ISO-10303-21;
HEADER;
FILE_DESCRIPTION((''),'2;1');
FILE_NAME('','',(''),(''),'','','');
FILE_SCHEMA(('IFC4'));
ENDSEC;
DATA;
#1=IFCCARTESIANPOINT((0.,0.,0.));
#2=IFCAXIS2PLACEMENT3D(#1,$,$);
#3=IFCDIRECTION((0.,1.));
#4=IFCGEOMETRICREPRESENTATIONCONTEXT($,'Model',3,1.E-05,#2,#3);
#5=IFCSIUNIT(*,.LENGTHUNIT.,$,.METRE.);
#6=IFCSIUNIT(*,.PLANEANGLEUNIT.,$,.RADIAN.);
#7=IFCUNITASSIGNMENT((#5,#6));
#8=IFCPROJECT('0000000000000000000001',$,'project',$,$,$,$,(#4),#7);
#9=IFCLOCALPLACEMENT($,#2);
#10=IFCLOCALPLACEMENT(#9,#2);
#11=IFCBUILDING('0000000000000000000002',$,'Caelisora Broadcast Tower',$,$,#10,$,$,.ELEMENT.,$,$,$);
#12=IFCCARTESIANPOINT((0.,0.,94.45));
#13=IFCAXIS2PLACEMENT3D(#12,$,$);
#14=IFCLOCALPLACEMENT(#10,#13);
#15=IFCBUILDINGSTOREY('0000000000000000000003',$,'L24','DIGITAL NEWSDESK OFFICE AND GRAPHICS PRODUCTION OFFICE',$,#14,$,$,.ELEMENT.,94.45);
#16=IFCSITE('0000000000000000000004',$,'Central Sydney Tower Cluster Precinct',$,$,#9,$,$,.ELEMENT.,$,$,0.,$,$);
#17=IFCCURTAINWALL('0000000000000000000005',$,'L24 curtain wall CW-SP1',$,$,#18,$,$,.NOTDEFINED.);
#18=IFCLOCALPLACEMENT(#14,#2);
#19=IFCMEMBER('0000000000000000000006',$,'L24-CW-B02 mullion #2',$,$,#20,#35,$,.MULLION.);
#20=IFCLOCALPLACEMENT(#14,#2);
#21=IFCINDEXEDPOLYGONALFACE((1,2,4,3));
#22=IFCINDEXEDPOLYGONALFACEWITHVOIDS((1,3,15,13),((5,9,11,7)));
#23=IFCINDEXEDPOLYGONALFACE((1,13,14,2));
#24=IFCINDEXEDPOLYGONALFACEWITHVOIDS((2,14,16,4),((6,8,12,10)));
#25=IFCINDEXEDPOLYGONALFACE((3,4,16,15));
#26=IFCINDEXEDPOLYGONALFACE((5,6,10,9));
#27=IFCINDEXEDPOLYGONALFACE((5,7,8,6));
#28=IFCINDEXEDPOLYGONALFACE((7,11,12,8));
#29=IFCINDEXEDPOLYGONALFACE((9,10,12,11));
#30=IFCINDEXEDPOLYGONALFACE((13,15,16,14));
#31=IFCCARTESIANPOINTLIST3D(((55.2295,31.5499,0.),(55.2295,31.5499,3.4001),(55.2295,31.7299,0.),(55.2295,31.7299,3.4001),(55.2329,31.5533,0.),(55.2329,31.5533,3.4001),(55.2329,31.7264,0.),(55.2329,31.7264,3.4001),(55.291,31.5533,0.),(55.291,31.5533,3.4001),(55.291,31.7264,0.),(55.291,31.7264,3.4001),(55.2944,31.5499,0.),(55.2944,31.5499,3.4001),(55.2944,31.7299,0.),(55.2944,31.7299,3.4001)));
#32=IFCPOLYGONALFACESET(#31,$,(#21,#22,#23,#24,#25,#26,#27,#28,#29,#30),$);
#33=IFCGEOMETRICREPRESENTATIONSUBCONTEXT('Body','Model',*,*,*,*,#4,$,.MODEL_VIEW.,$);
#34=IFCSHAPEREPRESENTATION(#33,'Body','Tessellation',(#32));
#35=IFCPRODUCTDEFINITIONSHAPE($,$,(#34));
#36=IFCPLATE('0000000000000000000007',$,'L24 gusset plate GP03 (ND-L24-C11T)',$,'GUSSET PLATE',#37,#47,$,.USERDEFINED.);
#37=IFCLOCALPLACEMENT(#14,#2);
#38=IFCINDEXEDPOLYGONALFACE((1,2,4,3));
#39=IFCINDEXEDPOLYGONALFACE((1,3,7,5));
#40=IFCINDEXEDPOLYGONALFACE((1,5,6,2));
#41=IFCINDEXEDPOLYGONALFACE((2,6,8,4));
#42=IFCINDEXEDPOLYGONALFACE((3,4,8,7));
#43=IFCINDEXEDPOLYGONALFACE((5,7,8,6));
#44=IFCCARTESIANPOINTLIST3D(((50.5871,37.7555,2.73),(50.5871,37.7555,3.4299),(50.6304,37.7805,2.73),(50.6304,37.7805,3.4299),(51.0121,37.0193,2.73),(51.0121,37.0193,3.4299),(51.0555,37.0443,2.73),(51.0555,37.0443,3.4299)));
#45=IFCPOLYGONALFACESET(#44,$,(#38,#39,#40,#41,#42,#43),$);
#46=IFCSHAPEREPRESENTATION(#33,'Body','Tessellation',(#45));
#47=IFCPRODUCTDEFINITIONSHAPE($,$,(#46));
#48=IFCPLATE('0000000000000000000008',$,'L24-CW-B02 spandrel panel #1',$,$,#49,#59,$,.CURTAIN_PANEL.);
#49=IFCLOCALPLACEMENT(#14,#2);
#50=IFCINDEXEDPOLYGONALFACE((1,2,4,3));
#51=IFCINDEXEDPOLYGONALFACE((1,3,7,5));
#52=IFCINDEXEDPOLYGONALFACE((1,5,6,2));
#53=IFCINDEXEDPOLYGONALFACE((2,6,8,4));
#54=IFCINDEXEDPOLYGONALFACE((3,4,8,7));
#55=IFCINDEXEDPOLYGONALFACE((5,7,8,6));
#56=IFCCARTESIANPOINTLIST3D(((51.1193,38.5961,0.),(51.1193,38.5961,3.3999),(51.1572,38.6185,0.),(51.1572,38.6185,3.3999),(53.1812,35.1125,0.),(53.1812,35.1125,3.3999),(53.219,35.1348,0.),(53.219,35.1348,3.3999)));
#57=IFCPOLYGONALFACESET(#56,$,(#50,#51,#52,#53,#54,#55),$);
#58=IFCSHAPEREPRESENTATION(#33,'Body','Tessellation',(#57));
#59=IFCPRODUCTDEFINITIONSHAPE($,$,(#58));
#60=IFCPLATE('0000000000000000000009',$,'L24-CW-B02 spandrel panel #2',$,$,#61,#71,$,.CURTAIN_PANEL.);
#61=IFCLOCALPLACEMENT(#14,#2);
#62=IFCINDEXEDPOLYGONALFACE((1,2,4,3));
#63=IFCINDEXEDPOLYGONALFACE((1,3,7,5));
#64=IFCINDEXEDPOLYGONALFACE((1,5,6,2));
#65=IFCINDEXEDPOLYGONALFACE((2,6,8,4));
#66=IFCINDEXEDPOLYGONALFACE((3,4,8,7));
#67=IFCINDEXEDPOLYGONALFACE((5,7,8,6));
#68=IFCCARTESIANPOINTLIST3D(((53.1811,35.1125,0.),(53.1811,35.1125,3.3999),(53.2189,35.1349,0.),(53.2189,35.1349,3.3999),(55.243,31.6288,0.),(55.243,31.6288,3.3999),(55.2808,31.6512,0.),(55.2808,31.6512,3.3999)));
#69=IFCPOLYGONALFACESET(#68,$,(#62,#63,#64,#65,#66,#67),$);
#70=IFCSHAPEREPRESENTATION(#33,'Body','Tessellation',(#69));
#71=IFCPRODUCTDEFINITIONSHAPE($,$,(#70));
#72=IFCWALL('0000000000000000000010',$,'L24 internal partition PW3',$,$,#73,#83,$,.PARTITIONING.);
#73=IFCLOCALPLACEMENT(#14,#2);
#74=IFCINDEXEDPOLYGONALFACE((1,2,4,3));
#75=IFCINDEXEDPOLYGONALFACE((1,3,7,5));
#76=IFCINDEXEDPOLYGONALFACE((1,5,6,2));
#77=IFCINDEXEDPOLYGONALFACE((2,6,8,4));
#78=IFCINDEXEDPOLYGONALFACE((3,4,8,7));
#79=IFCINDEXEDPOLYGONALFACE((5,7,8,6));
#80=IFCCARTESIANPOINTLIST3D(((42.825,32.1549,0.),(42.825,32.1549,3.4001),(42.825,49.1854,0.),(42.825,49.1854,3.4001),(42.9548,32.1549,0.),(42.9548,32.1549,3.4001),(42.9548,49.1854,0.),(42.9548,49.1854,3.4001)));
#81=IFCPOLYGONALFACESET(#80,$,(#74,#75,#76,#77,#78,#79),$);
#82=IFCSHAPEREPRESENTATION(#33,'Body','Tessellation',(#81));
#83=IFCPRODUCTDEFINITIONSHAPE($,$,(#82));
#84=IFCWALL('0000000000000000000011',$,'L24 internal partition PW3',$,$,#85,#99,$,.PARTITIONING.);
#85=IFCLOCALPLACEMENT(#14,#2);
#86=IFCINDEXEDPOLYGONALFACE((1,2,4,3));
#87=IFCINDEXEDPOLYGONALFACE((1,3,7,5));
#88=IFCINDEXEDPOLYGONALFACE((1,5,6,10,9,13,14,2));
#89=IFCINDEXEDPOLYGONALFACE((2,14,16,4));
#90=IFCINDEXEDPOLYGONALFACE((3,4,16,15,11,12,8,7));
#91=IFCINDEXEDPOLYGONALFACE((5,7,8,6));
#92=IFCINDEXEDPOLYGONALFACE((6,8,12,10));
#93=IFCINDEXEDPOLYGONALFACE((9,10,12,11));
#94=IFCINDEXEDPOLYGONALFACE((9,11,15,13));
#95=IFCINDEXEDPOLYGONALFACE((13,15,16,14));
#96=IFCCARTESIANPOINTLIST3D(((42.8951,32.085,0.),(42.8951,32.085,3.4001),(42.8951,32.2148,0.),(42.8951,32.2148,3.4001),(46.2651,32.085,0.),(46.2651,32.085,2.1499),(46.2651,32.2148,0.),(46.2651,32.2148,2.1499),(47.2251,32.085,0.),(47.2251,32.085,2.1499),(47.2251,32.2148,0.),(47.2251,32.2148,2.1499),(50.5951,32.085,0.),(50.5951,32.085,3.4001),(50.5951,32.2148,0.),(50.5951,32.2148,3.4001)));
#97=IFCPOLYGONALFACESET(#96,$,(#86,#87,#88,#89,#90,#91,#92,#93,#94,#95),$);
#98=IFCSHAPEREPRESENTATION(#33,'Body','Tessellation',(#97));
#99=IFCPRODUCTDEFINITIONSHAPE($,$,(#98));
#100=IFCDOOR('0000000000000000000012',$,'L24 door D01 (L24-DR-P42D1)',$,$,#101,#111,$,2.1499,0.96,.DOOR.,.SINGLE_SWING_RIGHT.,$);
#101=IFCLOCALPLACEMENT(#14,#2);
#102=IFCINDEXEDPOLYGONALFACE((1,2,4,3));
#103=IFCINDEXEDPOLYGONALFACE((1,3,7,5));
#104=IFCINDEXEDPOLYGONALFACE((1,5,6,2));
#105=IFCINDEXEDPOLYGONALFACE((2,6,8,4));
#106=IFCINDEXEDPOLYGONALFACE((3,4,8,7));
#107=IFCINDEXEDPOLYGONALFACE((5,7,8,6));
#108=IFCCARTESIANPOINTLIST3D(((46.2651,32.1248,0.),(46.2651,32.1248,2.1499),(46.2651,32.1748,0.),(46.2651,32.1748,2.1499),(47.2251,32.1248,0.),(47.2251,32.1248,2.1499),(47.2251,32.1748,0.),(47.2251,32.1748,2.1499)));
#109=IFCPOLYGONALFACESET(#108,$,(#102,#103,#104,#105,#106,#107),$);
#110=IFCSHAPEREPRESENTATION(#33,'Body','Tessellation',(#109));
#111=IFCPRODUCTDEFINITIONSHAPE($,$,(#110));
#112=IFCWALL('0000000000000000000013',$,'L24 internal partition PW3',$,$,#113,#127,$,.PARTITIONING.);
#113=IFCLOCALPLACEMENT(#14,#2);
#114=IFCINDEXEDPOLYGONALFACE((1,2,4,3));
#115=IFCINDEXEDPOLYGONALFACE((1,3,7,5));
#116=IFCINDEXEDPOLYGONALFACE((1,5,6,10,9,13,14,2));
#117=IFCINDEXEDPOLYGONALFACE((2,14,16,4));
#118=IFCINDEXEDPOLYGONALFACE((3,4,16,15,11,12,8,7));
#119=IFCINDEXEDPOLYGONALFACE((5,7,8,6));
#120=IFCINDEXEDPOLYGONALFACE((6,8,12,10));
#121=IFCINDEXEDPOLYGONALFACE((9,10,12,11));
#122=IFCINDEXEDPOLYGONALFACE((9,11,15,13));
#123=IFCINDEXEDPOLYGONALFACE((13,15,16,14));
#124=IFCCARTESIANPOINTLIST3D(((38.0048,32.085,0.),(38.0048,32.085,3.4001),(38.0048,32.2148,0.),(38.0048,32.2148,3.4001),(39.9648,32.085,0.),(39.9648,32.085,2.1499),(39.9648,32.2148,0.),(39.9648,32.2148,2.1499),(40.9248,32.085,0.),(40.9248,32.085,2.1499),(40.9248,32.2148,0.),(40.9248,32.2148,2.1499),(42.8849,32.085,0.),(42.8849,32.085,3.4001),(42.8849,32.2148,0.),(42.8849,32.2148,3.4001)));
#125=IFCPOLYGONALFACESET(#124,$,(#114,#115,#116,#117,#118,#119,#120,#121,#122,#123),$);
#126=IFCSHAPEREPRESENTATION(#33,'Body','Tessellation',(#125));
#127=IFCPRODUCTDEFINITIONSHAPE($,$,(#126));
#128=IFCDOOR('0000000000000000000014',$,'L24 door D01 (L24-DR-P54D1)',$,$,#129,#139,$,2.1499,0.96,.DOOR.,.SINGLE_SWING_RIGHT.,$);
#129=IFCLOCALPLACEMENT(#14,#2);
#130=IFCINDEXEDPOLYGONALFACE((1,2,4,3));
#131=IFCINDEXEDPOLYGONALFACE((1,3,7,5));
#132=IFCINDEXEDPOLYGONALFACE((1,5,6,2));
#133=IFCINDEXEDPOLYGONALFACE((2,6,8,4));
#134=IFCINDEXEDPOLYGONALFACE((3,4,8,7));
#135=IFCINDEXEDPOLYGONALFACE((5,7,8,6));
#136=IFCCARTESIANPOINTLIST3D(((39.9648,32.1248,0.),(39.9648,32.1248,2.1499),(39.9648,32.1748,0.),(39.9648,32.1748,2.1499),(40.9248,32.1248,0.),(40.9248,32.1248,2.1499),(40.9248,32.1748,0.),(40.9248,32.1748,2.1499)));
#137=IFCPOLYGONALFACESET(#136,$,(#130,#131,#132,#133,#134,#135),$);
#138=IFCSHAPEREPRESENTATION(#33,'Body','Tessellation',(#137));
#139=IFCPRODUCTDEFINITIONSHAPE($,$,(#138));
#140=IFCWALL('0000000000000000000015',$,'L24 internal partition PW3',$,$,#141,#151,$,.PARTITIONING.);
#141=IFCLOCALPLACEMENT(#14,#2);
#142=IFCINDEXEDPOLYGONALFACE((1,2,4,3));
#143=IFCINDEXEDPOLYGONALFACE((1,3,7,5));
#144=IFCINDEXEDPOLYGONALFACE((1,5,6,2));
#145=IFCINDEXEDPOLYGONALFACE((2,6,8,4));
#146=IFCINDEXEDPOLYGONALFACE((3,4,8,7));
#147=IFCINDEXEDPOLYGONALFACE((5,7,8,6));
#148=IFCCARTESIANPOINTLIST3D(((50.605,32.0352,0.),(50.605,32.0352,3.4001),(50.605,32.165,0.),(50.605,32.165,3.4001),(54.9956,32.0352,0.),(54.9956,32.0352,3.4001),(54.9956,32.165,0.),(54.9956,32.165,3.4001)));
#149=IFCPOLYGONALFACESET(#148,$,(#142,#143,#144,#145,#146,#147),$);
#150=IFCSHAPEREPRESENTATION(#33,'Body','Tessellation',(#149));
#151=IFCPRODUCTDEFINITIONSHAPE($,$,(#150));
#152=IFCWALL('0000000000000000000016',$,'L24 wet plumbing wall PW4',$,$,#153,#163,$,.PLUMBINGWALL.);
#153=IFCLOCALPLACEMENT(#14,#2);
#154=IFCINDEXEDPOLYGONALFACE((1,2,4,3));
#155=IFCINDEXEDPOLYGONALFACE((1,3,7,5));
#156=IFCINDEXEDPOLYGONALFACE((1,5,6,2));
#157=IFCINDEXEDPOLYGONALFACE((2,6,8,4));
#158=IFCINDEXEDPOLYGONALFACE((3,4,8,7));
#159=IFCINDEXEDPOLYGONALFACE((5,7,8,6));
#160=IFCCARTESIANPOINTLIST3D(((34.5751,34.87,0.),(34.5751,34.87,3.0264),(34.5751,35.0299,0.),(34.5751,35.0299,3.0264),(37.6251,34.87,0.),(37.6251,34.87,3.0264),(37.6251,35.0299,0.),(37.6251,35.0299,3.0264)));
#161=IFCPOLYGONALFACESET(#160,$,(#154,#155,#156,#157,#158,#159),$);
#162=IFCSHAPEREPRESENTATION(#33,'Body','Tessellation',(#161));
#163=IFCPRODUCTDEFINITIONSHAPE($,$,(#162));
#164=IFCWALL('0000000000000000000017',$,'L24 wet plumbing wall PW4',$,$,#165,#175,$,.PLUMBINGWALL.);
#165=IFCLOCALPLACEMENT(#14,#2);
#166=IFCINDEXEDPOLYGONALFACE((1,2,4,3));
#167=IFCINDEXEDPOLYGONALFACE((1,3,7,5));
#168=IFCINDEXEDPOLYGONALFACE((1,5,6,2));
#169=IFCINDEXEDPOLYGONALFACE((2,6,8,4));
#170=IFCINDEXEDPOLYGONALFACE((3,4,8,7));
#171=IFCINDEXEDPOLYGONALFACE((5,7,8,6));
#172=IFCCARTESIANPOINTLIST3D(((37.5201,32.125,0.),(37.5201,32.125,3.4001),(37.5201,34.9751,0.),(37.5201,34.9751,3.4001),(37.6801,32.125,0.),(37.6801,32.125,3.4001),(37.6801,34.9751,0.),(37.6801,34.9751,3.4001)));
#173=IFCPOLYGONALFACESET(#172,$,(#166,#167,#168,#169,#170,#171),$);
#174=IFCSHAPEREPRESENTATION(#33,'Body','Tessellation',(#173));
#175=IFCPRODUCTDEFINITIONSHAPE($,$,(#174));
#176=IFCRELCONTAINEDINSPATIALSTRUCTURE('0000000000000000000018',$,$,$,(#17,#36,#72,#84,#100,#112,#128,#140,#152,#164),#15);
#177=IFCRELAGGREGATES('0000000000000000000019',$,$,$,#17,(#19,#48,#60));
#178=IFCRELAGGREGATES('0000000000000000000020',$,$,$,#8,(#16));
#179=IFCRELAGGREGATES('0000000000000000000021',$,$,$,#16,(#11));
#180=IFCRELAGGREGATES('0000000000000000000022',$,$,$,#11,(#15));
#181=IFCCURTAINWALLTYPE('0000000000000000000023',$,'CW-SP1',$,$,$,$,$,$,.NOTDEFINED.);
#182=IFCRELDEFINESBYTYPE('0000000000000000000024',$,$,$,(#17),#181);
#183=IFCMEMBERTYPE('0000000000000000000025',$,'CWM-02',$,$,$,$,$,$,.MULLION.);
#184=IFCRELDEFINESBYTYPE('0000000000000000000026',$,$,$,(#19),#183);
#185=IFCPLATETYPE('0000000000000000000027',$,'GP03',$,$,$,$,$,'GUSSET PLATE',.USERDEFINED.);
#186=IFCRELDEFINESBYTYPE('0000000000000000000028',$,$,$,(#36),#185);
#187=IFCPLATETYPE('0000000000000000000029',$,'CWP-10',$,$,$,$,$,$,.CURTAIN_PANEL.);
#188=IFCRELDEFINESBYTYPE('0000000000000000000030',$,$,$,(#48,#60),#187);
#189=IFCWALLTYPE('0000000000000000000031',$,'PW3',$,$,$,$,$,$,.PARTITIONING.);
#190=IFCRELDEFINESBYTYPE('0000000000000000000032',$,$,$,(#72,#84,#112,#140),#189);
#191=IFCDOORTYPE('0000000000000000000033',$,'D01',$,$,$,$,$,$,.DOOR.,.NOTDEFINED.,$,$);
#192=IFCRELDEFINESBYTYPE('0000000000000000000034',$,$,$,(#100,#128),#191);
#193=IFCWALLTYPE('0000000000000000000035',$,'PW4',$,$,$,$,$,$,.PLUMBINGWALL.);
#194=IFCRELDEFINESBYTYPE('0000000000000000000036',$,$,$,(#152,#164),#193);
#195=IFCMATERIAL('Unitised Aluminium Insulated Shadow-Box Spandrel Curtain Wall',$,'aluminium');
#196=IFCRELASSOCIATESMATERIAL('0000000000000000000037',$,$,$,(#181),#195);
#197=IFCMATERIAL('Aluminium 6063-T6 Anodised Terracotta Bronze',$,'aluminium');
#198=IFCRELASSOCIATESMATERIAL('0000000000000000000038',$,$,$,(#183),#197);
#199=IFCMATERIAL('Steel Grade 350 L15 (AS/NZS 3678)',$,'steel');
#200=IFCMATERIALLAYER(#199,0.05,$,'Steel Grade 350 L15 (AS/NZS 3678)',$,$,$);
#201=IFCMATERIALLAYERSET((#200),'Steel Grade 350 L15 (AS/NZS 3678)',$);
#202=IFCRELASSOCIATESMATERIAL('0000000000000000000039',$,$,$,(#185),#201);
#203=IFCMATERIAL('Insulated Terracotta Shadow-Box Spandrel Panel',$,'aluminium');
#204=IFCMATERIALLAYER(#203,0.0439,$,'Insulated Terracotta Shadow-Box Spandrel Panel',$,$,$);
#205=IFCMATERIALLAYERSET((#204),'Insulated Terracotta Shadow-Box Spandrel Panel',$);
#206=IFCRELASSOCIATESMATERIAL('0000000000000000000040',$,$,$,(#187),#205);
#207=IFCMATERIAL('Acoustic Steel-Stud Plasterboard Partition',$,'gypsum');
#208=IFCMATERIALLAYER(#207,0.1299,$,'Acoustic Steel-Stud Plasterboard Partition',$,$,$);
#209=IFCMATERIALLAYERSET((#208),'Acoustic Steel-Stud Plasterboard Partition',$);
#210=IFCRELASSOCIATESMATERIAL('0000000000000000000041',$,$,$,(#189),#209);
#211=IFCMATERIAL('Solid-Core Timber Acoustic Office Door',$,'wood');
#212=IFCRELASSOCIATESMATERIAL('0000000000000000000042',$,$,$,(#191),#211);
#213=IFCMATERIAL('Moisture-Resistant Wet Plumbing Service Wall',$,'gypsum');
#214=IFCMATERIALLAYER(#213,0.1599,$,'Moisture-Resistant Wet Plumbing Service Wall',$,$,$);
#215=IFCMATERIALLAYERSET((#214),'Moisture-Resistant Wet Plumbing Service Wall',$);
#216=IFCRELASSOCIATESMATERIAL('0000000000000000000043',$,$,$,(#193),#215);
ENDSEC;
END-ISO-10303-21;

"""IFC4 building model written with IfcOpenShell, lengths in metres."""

from ifc_helpers import new_model, si_unit, direction, frame, frame_2d, origin, origin_2d, place, context, subcontext, project, spatial, rectangle, hollow_rectangle, extrude, source, transform, mapped, material, layer, layer_set, material_profile, profile_set, type_object, type_shapes, element, fill, aggregate, save


model = new_model("IFC4")

# Units and contexts
model_context = context("Model", 3, precision=1e-05, world=origin(), true_north=direction((0.0, 1.0)))
body_context = subcontext(model_context, "Body", "Model", "MODEL_VIEW")
ifc_project = project(units=[si_unit("LENGTHUNIT", "METRE"), si_unit("PLANEANGLEUNIT", "RADIAN")], contexts=[model_context])

# Site, building, storey
site_placement = place(None, origin())
site = spatial("IfcSite", under=ifc_project, at=site_placement, Name="Central Sydney Tower Cluster Precinct", CompositionType="ELEMENT", RefElevation=0.0)
building_placement = place(site_placement, origin())
building = spatial("IfcBuilding", under=site, at=building_placement, Name="Caelisora Broadcast Tower", CompositionType="ELEMENT")
storey_placement = place(building_placement, frame((0.0, 0.0, 94.45)))
storey = spatial("IfcBuildingStorey", under=building, at=storey_placement, Name="L24", Description="DIGITAL NEWSDESK OFFICE AND GRAPHICS PRODUCTION OFFICE", CompositionType="ELEMENT", Elevation=94.45)

# Shared definitions
ifc_material_1 = material(Name="Steel Grade 350 L15 (AS/NZS 3678)", Category="steel")

# Curtain wall, member
ifc_material_2 = material(Name="Unitised Aluminium Insulated Shadow-Box Spandrel Curtain Wall", Category="aluminium")
curtain_wall_type = type_object("IfcCurtainWallType", Name="CW-SP1", PredefinedType="NOTDEFINED", material=ifc_material_2)
curtain_wall_placement = place(storey_placement, origin())
curtain_wall = element("IfcCurtainWall", 1, at=curtain_wall_placement, inside=storey, type_object=curtain_wall_type, Name="L24 curtain wall CW-SP1", PredefinedType="NOTDEFINED")
ifc_material_3 = material(Name="Aluminium 6063-T6 Anodised Terracotta Bronze", Category="aluminium")
ifc_material_profile_1 = material_profile(ifc_material_3, hollow_rectangle(XDim=0.0649, YDim=0.1799, WallThickness=0.0034, at=origin_2d()), Name="Aluminium 6063-T6 Anodised Terracotta Bronze")
ifc_profile_set_1 = profile_set([ifc_material_profile_1], Name="Aluminium 6063-T6 Anodised Terracotta Bronze")
member_type = type_object("IfcMemberType", Name="CWM-02", PredefinedType="MULLION", material=ifc_profile_set_1)
shared_shape_1 = source(origin(), body_context, "Body", "SweptSolid", [
    extrude(hollow_rectangle(XDim=0.0649, YDim=0.1799, WallThickness=0.0034, at=origin_2d()), origin(), (0.0, 0.0, 1.0), 3.4001),
])
type_shapes(member_type, [shared_shape_1])
member_1_placement = place(storey_placement, frame((55.262, 31.6399, 0.0), z_axis=(0.0, 0.0, 1.0), x_axis=(1.0, 0.0, 0.0)))
member_1 = element("IfcMember", 2, at=member_1_placement, type_object=member_type, Name="L24-CW-B02 mullion #2", PredefinedType="MULLION", context=body_context, shape_type="MappedRepresentation", body=[
    mapped(shared_shape_1, transform((0.0, 0.0, 0.0), scale=1.0)),
])

# Plates
ifc_layer_1 = layer(ifc_material_1, 0.05, Name="Steel Grade 350 L15 (AS/NZS 3678)")
ifc_layer_set_1 = layer_set([ifc_layer_1], Name="Steel Grade 350 L15 (AS/NZS 3678)")
plate_type_1 = type_object("IfcPlateType", Name="GP03", ElementType="GUSSET PLATE", PredefinedType="USERDEFINED", material=ifc_layer_set_1)
shared_shape_2 = source(origin(), body_context, "Body", "SweptSolid", [
    extrude(rectangle(XDim=0.8501, YDim=0.05, at=origin_2d()), origin(), (0.0, 0.0, 1.0), 0.7),
])
type_shapes(plate_type_1, [shared_shape_2])
plate_1_placement = place(storey_placement, frame((50.8213, 37.3999, 2.73), z_axis=(0.0, 0.0, 1.0), x_axis=(-0.5, 0.866025, 0.0)))
element("IfcPlate", 3, at=plate_1_placement, inside=storey, type_object=plate_type_1, Name="L24 gusset plate GP03 (ND-L24-C11T)", ObjectType="GUSSET PLATE", PredefinedType="USERDEFINED", context=body_context, shape_type="MappedRepresentation", body=[
    mapped(shared_shape_2, transform((0.0, 0.0, 0.0), scale=1.0)),
])
ifc_material_4 = material(Name="Insulated Terracotta Shadow-Box Spandrel Panel", Category="aluminium")
ifc_layer_2 = layer(ifc_material_4, 0.0439, Name="Insulated Terracotta Shadow-Box Spandrel Panel")
ifc_layer_set_2 = layer_set([ifc_layer_2], Name="Insulated Terracotta Shadow-Box Spandrel Panel")
plate_type_2 = type_object("IfcPlateType", Name="CWP-10", PredefinedType="CURTAIN_PANEL", material=ifc_layer_set_2)
shared_shape_3 = source(origin(), body_context, "Body", "SweptSolid", [
    extrude(rectangle(XDim=4.0481, YDim=0.0439, at=origin_2d()), origin(), (0.0, 0.0, 1.0), 3.3999),
])
type_shapes(plate_type_2, [shared_shape_3])
plate_2_placement = place(storey_placement, frame((52.1692, 36.8655, 0.0), z_axis=(0.0, 0.0, 1.0), x_axis=(0.509342, -0.860564, 0.0)))
plate_2 = element("IfcPlate", 4, at=plate_2_placement, type_object=plate_type_2, Name="L24-CW-B02 spandrel panel #1", PredefinedType="CURTAIN_PANEL", context=body_context, shape_type="MappedRepresentation", body=[
    mapped(shared_shape_3, transform((0.0, 0.0, 0.0), scale=1.0)),
])
plate_3_placement = place(storey_placement, frame((54.231, 33.3818, 0.0), z_axis=(0.0, 0.0, 1.0), x_axis=(0.509342, -0.860564, 0.0)))
plate_3 = element("IfcPlate", 5, at=plate_3_placement, type_object=plate_type_2, Name="L24-CW-B02 spandrel panel #2", PredefinedType="CURTAIN_PANEL", context=body_context, shape_type="MappedRepresentation", body=[
    mapped(shared_shape_3, transform((0.0, 0.0, 0.0), scale=1.0)),
])
aggregate(curtain_wall, [member_1, plate_2, plate_3])

# Wall
ifc_material_5 = material(Name="Acoustic Steel-Stud Plasterboard Partition", Category="gypsum")
ifc_layer_3 = layer(ifc_material_5, 0.1299, Name="Acoustic Steel-Stud Plasterboard Partition")
ifc_layer_set_3 = layer_set([ifc_layer_3], Name="Acoustic Steel-Stud Plasterboard Partition")
wall_type_1 = type_object("IfcWallType", Name="PW3", PredefinedType="PARTITIONING", material=ifc_layer_set_3)
wall_1_placement = place(storey_placement, frame((42.8899, 32.155, 0.0), z_axis=(0.0, 0.0, 1.0), x_axis=(0.0, 1.0, 0.0)))
element("IfcWall", 6, at=wall_1_placement, inside=storey, type_object=wall_type_1, Name="L24 internal partition PW3", PredefinedType="PARTITIONING", context=body_context, shape_type="SweptSolid", body=[
    extrude(rectangle(XDim=17.0305, YDim=0.1299, at=frame_2d((8.5151, 0.0))), origin(), (0.0, 0.0, 1.0), 3.4001),
])

# Walls, openings, doors
wall_2_placement = place(storey_placement, frame((42.895, 32.1499, 0.0), z_axis=(0.0, 0.0, 1.0), x_axis=(1.0, 0.0, 0.0)))
wall_2 = element("IfcWall", 7, at=wall_2_placement, inside=storey, type_object=wall_type_1, Name="L24 internal partition PW3", PredefinedType="PARTITIONING", context=body_context, shape_type="SweptSolid", body=[
    extrude(rectangle(XDim=7.7, YDim=0.1299, at=frame_2d((3.8501, 0.0))), origin(), (0.0, 0.0, 1.0), 3.4001),
])
opening_1_placement = place(wall_2_placement, frame((3.3701, 0.0, 0.0)))
opening_1 = element("IfcOpeningElement", 8, at=opening_1_placement, cuts=wall_2, PredefinedType="OPENING", context=body_context, shape_type="SweptSolid", body=[
    extrude(rectangle(XDim=0.96, YDim=2.1499, at=frame_2d((0.48, 1.075))), frame((0.0, 0.0769, 0.0), z_axis=(0.0, -1.0, 0.0), x_axis=(1.0, 0.0, 0.0)), (0.0, 0.0, 1.0), 0.1538),
])
ifc_material_6 = material(Name="Solid-Core Timber Acoustic Office Door", Category="wood")
door_type_1 = type_object("IfcDoorType", Name="D01", OperationType="NOTDEFINED", PredefinedType="DOOR", material=ifc_material_6)
door_1_placement = place(opening_1_placement, origin())
door_1 = element("IfcDoor", 9, at=door_1_placement, inside=storey, type_object=door_type_1, Name="L24 door D01 (L24-DR-P42D1)", OperationType="SINGLE_SWING_RIGHT", OverallHeight=2.1499, OverallWidth=0.96, PredefinedType="DOOR", context=body_context, shape_type="SweptSolid", body=[
    extrude(rectangle(XDim=0.96, YDim=2.1499, at=frame_2d((0.48, 1.075))), frame((0.0, 0.0249, 0.0), z_axis=(0.0, -1.0, 0.0), x_axis=(1.0, 0.0, 0.0)), (0.0, 0.0, 1.0), 0.05),
])
fill(opening_1, door_1)
wall_3_placement = place(storey_placement, frame((38.0049, 32.1499, 0.0), z_axis=(0.0, 0.0, 1.0), x_axis=(1.0, 0.0, 0.0)))
wall_3 = element("IfcWall", 10, at=wall_3_placement, inside=storey, type_object=wall_type_1, Name="L24 internal partition PW3", PredefinedType="PARTITIONING", context=body_context, shape_type="SweptSolid", body=[
    extrude(rectangle(XDim=4.8801, YDim=0.1299, at=frame_2d((2.4399, 0.0))), origin(), (0.0, 0.0, 1.0), 3.4001),
])
opening_2_placement = place(wall_3_placement, frame((1.96, 0.0, 0.0)))
opening_2 = element("IfcOpeningElement", 11, at=opening_2_placement, cuts=wall_3, PredefinedType="OPENING", context=body_context, shape_type="SweptSolid", body=[
    extrude(rectangle(XDim=0.96, YDim=2.1499, at=frame_2d((0.48, 1.075))), frame((0.0, 0.0769, 0.0), z_axis=(0.0, -1.0, 0.0), x_axis=(1.0, 0.0, 0.0)), (0.0, 0.0, 1.0), 0.1538),
])
door_2_placement = place(opening_2_placement, origin())
door_2 = element("IfcDoor", 12, at=door_2_placement, inside=storey, type_object=door_type_1, Name="L24 door D01 (L24-DR-P54D1)", OperationType="SINGLE_SWING_RIGHT", OverallHeight=2.1499, OverallWidth=0.96, PredefinedType="DOOR", context=body_context, shape_type="SweptSolid", body=[
    extrude(rectangle(XDim=0.96, YDim=2.1499, at=frame_2d((0.48, 1.075))), frame((0.0, 0.0249, 0.0), z_axis=(0.0, -1.0, 0.0), x_axis=(1.0, 0.0, 0.0)), (0.0, 0.0, 1.0), 0.05),
])
fill(opening_2, door_2)

# Walls
wall_4_placement = place(storey_placement, frame((50.605, 32.1001, 0.0), z_axis=(0.0, 0.0, 1.0), x_axis=(1.0, 0.0, 0.0)))
element("IfcWall", 13, at=wall_4_placement, inside=storey, type_object=wall_type_1, Name="L24 internal partition PW3", PredefinedType="PARTITIONING", context=body_context, shape_type="SweptSolid", body=[
    extrude(rectangle(XDim=4.3906, YDim=0.1299, at=frame_2d((2.1953, 0.0))), origin(), (0.0, 0.0, 1.0), 3.4001),
])
ifc_material_7 = material(Name="Moisture-Resistant Wet Plumbing Service Wall", Category="gypsum")
ifc_layer_4 = layer(ifc_material_7, 0.1599, Name="Moisture-Resistant Wet Plumbing Service Wall")
ifc_layer_set_4 = layer_set([ifc_layer_4], Name="Moisture-Resistant Wet Plumbing Service Wall")
wall_type_2 = type_object("IfcWallType", Name="PW4", PredefinedType="PLUMBINGWALL", material=ifc_layer_set_4)
wall_5_placement = place(storey_placement, frame((37.625, 34.95, 0.0), z_axis=(0.0, 0.0, 1.0), x_axis=(-1.0, 0.0, 0.0)))
element("IfcWall", 14, at=wall_5_placement, inside=storey, type_object=wall_type_2, Name="L24 wet plumbing wall PW4", PredefinedType="PLUMBINGWALL", context=body_context, shape_type="SweptSolid", body=[
    extrude(rectangle(XDim=3.05, YDim=0.1599, at=frame_2d((1.5249, 0.0))), origin(), (0.0, 0.0, 1.0), 3.0264),
])
wall_6_placement = place(storey_placement, frame((37.6001, 32.125, 0.0), z_axis=(0.0, 0.0, 1.0), x_axis=(0.0, 1.0, 0.0)))
element("IfcWall", 15, at=wall_6_placement, inside=storey, type_object=wall_type_2, Name="L24 wet plumbing wall PW4", PredefinedType="PLUMBINGWALL", context=body_context, shape_type="SweptSolid", body=[
    extrude(rectangle(XDim=2.8501, YDim=0.1599, at=frame_2d((1.425, 0.0))), origin(), (0.0, 0.0, 1.0), 3.4001),
])

save(model, "model.ifc")
